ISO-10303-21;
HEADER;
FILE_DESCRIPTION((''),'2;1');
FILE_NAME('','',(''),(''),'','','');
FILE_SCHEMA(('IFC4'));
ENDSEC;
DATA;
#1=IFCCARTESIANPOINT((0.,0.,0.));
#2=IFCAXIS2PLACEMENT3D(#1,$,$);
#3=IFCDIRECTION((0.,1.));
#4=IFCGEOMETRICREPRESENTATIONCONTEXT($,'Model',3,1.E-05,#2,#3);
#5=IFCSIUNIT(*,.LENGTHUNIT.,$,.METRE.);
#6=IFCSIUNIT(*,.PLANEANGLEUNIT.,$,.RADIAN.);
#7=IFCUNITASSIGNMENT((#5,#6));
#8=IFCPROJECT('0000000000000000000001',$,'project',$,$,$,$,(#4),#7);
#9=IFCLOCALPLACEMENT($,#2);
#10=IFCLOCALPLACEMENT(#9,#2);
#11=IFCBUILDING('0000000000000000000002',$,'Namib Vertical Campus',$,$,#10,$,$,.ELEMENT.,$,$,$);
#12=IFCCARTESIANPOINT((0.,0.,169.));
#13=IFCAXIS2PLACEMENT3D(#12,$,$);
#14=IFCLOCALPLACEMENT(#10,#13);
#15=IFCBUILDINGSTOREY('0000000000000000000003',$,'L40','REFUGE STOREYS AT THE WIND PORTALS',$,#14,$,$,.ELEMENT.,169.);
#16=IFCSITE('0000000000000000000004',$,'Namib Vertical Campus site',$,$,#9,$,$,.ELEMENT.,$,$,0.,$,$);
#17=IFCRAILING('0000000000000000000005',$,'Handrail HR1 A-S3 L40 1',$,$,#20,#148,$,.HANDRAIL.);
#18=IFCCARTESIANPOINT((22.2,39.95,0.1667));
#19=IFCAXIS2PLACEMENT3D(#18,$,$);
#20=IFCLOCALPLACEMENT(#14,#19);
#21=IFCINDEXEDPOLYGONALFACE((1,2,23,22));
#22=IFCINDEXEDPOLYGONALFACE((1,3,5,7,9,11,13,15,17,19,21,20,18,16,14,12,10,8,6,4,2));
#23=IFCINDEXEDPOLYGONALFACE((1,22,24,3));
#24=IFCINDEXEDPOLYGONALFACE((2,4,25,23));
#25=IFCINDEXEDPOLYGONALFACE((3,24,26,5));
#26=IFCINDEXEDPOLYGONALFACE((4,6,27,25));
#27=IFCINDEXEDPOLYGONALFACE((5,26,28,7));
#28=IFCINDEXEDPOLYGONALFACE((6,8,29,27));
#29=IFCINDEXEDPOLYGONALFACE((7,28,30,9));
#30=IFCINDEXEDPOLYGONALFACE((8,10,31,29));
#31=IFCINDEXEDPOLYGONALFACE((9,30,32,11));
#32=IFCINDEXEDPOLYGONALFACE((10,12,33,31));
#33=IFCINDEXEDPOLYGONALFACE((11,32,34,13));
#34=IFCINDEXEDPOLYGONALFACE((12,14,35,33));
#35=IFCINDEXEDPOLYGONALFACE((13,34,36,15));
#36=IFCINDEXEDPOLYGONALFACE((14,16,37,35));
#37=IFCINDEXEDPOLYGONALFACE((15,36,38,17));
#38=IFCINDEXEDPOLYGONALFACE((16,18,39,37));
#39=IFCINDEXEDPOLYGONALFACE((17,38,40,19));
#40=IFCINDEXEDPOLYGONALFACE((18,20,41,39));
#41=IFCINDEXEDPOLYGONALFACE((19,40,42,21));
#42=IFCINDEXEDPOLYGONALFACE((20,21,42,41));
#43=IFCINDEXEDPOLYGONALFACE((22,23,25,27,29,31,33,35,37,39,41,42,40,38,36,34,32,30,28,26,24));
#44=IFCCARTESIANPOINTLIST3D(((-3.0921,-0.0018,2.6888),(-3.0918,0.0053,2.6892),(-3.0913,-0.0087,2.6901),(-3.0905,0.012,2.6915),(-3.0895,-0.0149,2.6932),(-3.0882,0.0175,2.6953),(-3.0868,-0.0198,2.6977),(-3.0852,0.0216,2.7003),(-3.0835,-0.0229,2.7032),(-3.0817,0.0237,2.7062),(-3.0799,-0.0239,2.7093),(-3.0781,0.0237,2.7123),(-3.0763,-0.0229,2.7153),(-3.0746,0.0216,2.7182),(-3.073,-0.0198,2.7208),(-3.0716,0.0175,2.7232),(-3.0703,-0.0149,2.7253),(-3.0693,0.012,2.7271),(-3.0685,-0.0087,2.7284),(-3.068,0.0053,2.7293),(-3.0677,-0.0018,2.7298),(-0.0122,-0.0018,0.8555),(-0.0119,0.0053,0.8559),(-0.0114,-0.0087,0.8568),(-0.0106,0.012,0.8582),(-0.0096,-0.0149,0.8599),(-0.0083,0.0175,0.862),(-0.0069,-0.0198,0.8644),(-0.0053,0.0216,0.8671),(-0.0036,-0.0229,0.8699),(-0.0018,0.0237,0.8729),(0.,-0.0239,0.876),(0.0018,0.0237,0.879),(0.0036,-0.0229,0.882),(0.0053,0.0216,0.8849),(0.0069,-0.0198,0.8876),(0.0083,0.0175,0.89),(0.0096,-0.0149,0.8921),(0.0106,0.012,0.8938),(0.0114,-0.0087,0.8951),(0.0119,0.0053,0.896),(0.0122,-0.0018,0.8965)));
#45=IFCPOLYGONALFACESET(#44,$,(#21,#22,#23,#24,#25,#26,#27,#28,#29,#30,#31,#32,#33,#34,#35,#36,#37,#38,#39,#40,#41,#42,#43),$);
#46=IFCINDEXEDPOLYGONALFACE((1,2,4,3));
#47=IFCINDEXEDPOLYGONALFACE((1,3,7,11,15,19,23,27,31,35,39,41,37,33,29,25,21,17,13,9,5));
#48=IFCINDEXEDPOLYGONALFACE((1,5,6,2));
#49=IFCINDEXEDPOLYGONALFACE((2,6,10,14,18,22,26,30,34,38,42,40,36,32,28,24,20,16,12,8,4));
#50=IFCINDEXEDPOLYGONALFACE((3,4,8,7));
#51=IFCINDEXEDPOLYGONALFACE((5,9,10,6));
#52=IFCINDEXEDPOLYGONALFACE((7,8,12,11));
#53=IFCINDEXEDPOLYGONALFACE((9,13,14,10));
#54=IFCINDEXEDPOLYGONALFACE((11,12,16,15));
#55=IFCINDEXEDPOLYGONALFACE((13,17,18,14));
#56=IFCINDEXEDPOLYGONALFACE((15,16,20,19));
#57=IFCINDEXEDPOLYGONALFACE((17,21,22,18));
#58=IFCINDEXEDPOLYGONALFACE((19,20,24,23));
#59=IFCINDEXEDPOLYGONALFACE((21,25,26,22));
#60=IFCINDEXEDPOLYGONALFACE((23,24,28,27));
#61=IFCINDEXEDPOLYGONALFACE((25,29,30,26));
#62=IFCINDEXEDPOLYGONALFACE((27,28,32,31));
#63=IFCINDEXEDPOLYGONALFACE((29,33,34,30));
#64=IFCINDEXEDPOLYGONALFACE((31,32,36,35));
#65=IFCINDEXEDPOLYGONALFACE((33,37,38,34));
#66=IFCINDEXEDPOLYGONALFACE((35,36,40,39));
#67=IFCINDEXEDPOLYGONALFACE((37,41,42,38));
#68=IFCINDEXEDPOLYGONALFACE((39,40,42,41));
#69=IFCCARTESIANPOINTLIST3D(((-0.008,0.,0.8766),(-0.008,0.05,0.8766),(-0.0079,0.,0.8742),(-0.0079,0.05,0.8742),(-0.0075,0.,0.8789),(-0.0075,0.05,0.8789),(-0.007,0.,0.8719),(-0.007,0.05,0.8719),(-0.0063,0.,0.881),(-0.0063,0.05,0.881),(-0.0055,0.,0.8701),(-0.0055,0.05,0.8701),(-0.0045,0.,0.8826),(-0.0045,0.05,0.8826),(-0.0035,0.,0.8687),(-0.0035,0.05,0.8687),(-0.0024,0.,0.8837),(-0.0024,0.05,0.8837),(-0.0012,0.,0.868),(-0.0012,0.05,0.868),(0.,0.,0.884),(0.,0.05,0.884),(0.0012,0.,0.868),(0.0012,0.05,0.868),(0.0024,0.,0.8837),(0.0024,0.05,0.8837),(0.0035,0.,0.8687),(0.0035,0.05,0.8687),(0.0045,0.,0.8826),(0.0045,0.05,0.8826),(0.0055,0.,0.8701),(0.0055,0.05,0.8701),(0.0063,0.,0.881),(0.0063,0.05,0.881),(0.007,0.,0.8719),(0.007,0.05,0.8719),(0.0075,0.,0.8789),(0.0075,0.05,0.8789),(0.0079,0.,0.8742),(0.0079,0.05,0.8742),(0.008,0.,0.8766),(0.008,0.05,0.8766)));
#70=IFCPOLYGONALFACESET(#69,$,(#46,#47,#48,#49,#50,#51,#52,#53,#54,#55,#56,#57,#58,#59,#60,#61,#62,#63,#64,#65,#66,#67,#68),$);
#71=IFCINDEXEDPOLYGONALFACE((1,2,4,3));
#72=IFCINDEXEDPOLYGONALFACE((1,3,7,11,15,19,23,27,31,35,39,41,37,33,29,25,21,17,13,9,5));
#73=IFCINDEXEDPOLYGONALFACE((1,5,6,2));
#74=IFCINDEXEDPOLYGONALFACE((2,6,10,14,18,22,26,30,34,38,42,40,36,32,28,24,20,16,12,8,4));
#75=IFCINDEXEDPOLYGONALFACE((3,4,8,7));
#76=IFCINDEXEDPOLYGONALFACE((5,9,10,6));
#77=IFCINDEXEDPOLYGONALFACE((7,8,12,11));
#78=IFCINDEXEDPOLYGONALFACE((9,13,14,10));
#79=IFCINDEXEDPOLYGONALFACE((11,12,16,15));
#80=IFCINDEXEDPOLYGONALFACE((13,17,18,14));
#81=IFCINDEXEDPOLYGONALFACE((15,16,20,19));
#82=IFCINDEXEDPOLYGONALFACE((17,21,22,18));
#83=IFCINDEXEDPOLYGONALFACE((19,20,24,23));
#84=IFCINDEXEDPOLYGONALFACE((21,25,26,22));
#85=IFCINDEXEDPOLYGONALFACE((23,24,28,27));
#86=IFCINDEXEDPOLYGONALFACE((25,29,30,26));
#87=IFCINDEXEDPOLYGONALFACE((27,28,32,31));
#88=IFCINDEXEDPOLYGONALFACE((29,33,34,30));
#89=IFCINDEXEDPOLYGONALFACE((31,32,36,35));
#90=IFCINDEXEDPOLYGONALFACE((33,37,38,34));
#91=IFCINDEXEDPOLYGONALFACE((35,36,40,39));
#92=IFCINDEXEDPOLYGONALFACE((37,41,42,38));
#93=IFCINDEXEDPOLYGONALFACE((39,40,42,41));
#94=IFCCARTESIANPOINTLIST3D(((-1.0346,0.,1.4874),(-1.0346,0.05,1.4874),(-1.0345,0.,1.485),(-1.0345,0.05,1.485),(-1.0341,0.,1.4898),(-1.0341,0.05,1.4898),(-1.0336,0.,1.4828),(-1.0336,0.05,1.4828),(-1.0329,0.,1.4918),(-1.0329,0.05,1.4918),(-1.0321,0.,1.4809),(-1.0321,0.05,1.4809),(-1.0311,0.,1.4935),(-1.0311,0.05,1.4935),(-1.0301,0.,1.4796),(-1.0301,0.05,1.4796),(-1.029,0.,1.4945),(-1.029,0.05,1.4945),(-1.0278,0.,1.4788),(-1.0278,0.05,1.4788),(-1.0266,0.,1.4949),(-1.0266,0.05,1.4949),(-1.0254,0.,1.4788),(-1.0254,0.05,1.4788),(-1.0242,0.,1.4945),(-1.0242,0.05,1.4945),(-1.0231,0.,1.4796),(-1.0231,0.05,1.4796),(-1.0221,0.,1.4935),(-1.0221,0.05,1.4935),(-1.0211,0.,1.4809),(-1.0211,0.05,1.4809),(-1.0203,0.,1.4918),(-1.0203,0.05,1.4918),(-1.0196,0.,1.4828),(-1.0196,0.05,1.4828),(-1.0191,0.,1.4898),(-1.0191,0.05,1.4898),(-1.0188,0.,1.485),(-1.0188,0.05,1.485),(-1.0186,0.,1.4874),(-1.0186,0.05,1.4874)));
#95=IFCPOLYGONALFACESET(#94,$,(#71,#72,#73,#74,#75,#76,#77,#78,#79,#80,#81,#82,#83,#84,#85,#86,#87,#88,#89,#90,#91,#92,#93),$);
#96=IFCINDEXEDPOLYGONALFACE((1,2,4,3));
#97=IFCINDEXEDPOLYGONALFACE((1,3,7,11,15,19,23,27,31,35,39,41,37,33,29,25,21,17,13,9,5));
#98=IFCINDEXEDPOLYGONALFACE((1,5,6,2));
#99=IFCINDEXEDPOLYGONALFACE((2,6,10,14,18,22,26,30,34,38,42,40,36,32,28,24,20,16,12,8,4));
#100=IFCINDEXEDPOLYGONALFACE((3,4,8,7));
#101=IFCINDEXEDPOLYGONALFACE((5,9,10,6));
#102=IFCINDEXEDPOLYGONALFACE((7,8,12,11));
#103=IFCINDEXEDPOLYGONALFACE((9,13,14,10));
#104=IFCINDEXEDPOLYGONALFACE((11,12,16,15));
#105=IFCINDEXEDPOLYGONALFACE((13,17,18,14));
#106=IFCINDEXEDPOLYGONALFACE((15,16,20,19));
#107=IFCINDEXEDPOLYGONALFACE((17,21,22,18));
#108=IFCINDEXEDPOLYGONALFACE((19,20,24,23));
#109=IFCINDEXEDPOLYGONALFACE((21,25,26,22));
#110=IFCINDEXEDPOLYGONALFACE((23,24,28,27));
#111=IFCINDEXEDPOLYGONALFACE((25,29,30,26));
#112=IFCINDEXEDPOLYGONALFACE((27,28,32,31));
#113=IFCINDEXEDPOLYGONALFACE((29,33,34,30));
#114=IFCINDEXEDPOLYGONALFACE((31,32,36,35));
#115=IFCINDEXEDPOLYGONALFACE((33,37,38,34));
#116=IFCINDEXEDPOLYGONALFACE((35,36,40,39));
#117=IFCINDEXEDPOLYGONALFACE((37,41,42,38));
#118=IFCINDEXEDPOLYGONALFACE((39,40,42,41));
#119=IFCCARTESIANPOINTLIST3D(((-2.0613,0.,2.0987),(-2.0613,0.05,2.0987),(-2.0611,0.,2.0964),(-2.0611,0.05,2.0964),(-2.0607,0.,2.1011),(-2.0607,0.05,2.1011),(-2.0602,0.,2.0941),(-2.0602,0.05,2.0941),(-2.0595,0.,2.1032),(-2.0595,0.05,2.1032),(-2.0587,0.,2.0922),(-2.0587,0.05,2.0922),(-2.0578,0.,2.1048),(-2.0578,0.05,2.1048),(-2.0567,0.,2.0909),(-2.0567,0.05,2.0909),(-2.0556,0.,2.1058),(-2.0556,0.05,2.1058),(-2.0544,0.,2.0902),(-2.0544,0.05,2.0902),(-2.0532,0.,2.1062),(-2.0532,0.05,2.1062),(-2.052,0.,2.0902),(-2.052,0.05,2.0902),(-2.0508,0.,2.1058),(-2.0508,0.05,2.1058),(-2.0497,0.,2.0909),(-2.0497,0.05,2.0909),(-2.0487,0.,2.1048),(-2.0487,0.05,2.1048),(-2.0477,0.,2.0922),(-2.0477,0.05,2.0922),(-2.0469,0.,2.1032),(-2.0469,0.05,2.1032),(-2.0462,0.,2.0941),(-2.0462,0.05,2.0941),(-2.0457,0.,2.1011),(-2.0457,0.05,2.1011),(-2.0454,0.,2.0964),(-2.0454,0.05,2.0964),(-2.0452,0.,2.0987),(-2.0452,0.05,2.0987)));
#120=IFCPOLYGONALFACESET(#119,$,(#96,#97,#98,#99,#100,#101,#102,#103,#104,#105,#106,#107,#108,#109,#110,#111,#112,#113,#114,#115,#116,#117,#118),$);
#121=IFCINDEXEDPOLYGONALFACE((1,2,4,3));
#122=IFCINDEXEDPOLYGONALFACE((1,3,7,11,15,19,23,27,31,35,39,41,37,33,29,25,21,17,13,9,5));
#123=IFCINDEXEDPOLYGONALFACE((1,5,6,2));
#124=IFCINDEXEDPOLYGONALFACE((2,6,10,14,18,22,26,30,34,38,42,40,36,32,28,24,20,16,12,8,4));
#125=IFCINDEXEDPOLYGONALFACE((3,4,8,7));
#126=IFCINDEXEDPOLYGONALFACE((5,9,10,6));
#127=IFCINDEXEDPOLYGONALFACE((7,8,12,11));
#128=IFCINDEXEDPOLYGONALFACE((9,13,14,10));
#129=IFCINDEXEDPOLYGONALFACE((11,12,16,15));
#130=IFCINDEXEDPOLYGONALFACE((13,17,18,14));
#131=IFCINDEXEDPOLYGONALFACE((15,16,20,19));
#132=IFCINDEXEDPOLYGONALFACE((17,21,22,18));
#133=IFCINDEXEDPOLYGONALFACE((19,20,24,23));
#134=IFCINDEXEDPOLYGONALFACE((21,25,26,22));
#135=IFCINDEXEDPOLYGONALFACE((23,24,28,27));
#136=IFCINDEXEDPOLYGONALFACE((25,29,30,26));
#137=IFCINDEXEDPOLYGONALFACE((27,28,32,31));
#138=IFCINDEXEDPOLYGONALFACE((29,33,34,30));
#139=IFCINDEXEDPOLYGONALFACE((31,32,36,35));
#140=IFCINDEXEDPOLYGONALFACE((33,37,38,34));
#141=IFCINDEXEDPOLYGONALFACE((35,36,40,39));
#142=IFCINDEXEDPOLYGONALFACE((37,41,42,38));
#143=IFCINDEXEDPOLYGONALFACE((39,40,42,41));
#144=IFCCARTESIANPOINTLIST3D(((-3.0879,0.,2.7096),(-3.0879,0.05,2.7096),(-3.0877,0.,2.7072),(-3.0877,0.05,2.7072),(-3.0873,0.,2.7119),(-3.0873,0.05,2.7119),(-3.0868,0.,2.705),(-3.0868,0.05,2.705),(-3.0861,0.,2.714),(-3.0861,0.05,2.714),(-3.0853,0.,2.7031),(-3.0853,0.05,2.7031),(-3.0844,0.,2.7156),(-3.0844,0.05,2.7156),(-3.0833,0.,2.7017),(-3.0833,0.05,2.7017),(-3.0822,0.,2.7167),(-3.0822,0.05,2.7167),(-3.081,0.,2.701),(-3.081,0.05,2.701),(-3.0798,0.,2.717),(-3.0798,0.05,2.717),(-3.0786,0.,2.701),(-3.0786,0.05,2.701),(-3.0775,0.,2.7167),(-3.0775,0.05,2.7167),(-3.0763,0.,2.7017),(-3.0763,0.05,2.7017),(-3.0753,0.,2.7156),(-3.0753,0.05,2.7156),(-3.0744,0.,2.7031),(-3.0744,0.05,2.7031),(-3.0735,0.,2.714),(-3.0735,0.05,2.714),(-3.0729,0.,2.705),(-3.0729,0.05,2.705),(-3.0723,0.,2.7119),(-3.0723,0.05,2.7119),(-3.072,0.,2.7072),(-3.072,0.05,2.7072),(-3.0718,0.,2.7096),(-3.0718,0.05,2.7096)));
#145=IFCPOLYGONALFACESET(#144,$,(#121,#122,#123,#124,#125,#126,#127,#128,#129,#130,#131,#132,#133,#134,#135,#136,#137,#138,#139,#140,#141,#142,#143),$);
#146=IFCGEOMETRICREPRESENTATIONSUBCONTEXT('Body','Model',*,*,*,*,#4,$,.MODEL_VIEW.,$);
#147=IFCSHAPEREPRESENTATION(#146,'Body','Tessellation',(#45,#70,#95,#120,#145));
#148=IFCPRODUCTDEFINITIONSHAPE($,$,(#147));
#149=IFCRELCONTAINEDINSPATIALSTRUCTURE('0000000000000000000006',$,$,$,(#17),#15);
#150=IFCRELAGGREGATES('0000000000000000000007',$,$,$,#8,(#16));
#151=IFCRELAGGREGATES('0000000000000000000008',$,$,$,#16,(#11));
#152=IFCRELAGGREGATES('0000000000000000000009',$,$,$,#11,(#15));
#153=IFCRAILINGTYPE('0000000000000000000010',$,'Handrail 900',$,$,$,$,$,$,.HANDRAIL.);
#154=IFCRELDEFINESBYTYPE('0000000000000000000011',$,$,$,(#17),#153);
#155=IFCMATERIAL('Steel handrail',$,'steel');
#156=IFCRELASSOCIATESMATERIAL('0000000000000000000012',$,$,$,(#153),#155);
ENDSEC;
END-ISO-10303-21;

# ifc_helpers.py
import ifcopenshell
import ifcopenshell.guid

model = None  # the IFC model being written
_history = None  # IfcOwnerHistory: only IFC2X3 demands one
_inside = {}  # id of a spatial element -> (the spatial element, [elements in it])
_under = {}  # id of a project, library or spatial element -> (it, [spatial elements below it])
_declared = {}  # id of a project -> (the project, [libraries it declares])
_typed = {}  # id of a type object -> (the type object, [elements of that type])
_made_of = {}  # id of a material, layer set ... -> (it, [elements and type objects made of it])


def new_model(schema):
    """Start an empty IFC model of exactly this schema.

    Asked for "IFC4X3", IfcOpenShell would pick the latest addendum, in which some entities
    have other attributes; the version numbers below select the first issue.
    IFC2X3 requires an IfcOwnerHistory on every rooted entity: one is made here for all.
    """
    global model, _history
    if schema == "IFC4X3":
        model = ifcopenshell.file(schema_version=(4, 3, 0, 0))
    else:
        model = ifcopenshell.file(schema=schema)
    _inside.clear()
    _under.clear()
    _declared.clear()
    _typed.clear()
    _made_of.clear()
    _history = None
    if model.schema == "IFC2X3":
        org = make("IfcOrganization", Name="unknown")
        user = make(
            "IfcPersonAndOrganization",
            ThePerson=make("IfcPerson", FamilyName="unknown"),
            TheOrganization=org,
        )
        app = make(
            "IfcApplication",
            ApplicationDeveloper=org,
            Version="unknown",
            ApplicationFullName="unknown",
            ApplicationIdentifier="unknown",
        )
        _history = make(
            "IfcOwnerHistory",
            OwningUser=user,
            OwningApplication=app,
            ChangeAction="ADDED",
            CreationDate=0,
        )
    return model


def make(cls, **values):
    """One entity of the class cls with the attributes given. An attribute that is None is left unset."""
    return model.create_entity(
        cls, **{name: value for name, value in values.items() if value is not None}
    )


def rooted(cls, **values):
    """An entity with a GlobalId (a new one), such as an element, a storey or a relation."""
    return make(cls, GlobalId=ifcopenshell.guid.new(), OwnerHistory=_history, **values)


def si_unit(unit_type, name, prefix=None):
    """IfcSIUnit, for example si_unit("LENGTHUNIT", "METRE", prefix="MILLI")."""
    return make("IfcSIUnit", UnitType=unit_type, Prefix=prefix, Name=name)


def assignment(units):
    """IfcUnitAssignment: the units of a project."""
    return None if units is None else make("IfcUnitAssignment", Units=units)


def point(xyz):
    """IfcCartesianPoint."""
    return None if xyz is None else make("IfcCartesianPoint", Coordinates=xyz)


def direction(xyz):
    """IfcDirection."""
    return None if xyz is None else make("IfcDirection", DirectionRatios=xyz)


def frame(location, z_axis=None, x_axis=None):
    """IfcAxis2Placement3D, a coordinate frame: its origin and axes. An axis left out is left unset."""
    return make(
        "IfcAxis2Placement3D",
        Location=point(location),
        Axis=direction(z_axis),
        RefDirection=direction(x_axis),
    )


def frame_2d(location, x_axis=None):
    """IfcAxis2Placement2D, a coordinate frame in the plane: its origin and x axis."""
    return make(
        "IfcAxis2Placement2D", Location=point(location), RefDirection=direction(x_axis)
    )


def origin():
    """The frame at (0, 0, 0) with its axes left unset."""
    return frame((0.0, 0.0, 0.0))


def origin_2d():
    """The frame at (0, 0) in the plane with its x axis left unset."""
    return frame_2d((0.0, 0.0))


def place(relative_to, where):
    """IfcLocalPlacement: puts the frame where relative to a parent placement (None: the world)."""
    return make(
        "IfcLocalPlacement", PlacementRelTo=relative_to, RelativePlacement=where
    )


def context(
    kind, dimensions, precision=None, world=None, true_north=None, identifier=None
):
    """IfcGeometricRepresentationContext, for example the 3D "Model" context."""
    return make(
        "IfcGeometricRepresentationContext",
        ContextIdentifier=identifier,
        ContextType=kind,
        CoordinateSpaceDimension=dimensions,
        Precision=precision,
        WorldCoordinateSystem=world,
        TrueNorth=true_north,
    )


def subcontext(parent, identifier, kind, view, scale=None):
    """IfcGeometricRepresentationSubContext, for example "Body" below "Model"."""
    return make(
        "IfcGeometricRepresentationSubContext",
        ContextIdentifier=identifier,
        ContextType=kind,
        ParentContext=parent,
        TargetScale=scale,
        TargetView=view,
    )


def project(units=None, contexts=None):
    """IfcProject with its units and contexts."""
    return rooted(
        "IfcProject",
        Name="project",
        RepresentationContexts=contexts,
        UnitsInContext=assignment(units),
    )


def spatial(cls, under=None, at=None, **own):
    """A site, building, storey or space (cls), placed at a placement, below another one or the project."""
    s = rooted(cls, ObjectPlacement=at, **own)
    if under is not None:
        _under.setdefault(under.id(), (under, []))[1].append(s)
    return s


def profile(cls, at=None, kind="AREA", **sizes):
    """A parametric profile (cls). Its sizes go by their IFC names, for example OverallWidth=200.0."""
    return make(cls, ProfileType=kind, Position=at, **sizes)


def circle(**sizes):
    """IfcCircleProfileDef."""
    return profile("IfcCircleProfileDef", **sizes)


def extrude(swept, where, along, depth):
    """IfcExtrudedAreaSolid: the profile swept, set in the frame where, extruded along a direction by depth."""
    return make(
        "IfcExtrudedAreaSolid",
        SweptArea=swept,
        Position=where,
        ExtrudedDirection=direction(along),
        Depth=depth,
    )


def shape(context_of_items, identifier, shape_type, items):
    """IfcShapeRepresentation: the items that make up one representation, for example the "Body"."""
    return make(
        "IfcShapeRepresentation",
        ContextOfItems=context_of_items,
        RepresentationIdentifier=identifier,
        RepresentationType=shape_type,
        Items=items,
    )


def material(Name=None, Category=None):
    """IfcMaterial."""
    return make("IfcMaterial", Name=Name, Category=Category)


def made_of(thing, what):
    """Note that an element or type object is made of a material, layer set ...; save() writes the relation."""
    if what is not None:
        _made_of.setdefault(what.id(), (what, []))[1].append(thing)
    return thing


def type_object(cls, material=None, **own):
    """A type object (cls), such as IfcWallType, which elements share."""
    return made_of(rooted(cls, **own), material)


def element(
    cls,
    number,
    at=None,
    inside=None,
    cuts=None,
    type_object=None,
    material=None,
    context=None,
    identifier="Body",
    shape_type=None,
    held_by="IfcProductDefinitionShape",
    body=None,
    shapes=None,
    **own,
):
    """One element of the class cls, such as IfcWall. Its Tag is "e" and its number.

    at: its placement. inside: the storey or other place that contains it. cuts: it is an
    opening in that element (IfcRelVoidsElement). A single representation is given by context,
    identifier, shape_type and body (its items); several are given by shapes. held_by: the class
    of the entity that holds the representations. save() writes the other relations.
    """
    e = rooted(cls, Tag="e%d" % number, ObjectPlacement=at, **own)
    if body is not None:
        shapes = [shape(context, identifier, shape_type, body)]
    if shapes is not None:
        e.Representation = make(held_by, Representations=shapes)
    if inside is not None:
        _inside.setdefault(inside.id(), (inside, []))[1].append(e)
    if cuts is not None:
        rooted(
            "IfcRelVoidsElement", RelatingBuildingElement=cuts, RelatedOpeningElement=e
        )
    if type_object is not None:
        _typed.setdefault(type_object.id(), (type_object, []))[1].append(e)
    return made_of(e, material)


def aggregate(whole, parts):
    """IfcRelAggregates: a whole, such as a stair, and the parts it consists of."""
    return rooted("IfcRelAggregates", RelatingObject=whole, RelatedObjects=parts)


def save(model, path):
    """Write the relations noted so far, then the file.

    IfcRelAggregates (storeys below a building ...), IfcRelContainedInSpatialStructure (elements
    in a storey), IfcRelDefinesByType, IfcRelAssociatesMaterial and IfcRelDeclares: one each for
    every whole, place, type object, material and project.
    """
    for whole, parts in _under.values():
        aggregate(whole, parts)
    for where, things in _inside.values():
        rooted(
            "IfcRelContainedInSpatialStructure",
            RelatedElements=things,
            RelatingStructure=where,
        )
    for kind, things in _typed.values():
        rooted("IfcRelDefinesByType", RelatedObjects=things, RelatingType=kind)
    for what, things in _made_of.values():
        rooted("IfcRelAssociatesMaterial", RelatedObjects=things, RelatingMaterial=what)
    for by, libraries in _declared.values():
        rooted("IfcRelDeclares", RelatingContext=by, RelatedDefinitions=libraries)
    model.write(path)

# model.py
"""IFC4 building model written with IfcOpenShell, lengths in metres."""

from ifc_helpers import new_model, si_unit, direction, frame, origin, origin_2d, place, context, subcontext, project, spatial, circle, extrude, material, type_object, element, save


model = new_model("IFC4")

# Units and contexts
model_context = context("Model", 3, precision=1e-05, world=origin(), true_north=direction((0.0, 1.0)))
body_context = subcontext(model_context, "Body", "Model", "MODEL_VIEW")
ifc_project = project(units=[si_unit("LENGTHUNIT", "METRE"), si_unit("PLANEANGLEUNIT", "RADIAN")], contexts=[model_context])

# Site, building, storey
site_placement = place(None, origin())
site = spatial("IfcSite", under=ifc_project, at=site_placement, Name="Namib Vertical Campus site", CompositionType="ELEMENT", RefElevation=0.0)
building_placement = place(site_placement, origin())
building = spatial("IfcBuilding", under=site, at=building_placement, Name="Namib Vertical Campus", CompositionType="ELEMENT")
storey_placement = place(building_placement, frame((0.0, 0.0, 169.0)))
storey = spatial("IfcBuildingStorey", under=building, at=storey_placement, Name="L40", Description="REFUGE STOREYS AT THE WIND PORTALS", CompositionType="ELEMENT", Elevation=169.0)

# Railing
ifc_material_1 = material(Name="Steel handrail", Category="steel")
railing_type_1 = type_object("IfcRailingType", Name="Handrail 900", PredefinedType="HANDRAIL", material=ifc_material_1)
for number, where, name in (
    (1, (22.2, 39.95, 0.1667), "Handrail HR1 A-S3 L40 1"),
):
    element("IfcRailing", number, at=place(storey_placement, frame(where)), inside=storey, type_object=railing_type_1, Name=name, PredefinedType="HANDRAIL", context=body_context, shape_type="SweptSolid", body=[
        extrude(circle(Radius=0.0239, at=origin_2d()), frame((0.0, 0.0, 0.876), z_axis=(-0.859291, 0.0, 0.511487), x_axis=(0.0, -1.0, 0.0)), (0.0, 0.0, 1.0), 3.5842),
        extrude(circle(Radius=0.0081, at=origin_2d()), frame((0.0, 0.0, 0.876), z_axis=(0.0, 1.0, 0.0), x_axis=(0.0, 0.0, 1.0)), (0.0, 0.0, 1.0), 0.05),
        extrude(circle(Radius=0.0081, at=origin_2d()), frame((-1.0266, 0.0, 1.4868), z_axis=(0.0, 1.0, 0.0), x_axis=(0.0, 0.0, 1.0)), (0.0, 0.0, 1.0), 0.05),
        extrude(circle(Radius=0.0081, at=origin_2d()), frame((-2.0532, 0.0, 2.0981), z_axis=(0.0, 1.0, 0.0), x_axis=(0.0, 0.0, 1.0)), (0.0, 0.0, 1.0), 0.05),
        extrude(circle(Radius=0.0081, at=origin_2d()), frame((-3.0798, 0.0, 2.709), z_axis=(0.0, 1.0, 0.0), x_axis=(0.0, 0.0, 1.0)), (0.0, 0.0, 1.0), 0.05),
    ])

save(model, "model.ifc")
